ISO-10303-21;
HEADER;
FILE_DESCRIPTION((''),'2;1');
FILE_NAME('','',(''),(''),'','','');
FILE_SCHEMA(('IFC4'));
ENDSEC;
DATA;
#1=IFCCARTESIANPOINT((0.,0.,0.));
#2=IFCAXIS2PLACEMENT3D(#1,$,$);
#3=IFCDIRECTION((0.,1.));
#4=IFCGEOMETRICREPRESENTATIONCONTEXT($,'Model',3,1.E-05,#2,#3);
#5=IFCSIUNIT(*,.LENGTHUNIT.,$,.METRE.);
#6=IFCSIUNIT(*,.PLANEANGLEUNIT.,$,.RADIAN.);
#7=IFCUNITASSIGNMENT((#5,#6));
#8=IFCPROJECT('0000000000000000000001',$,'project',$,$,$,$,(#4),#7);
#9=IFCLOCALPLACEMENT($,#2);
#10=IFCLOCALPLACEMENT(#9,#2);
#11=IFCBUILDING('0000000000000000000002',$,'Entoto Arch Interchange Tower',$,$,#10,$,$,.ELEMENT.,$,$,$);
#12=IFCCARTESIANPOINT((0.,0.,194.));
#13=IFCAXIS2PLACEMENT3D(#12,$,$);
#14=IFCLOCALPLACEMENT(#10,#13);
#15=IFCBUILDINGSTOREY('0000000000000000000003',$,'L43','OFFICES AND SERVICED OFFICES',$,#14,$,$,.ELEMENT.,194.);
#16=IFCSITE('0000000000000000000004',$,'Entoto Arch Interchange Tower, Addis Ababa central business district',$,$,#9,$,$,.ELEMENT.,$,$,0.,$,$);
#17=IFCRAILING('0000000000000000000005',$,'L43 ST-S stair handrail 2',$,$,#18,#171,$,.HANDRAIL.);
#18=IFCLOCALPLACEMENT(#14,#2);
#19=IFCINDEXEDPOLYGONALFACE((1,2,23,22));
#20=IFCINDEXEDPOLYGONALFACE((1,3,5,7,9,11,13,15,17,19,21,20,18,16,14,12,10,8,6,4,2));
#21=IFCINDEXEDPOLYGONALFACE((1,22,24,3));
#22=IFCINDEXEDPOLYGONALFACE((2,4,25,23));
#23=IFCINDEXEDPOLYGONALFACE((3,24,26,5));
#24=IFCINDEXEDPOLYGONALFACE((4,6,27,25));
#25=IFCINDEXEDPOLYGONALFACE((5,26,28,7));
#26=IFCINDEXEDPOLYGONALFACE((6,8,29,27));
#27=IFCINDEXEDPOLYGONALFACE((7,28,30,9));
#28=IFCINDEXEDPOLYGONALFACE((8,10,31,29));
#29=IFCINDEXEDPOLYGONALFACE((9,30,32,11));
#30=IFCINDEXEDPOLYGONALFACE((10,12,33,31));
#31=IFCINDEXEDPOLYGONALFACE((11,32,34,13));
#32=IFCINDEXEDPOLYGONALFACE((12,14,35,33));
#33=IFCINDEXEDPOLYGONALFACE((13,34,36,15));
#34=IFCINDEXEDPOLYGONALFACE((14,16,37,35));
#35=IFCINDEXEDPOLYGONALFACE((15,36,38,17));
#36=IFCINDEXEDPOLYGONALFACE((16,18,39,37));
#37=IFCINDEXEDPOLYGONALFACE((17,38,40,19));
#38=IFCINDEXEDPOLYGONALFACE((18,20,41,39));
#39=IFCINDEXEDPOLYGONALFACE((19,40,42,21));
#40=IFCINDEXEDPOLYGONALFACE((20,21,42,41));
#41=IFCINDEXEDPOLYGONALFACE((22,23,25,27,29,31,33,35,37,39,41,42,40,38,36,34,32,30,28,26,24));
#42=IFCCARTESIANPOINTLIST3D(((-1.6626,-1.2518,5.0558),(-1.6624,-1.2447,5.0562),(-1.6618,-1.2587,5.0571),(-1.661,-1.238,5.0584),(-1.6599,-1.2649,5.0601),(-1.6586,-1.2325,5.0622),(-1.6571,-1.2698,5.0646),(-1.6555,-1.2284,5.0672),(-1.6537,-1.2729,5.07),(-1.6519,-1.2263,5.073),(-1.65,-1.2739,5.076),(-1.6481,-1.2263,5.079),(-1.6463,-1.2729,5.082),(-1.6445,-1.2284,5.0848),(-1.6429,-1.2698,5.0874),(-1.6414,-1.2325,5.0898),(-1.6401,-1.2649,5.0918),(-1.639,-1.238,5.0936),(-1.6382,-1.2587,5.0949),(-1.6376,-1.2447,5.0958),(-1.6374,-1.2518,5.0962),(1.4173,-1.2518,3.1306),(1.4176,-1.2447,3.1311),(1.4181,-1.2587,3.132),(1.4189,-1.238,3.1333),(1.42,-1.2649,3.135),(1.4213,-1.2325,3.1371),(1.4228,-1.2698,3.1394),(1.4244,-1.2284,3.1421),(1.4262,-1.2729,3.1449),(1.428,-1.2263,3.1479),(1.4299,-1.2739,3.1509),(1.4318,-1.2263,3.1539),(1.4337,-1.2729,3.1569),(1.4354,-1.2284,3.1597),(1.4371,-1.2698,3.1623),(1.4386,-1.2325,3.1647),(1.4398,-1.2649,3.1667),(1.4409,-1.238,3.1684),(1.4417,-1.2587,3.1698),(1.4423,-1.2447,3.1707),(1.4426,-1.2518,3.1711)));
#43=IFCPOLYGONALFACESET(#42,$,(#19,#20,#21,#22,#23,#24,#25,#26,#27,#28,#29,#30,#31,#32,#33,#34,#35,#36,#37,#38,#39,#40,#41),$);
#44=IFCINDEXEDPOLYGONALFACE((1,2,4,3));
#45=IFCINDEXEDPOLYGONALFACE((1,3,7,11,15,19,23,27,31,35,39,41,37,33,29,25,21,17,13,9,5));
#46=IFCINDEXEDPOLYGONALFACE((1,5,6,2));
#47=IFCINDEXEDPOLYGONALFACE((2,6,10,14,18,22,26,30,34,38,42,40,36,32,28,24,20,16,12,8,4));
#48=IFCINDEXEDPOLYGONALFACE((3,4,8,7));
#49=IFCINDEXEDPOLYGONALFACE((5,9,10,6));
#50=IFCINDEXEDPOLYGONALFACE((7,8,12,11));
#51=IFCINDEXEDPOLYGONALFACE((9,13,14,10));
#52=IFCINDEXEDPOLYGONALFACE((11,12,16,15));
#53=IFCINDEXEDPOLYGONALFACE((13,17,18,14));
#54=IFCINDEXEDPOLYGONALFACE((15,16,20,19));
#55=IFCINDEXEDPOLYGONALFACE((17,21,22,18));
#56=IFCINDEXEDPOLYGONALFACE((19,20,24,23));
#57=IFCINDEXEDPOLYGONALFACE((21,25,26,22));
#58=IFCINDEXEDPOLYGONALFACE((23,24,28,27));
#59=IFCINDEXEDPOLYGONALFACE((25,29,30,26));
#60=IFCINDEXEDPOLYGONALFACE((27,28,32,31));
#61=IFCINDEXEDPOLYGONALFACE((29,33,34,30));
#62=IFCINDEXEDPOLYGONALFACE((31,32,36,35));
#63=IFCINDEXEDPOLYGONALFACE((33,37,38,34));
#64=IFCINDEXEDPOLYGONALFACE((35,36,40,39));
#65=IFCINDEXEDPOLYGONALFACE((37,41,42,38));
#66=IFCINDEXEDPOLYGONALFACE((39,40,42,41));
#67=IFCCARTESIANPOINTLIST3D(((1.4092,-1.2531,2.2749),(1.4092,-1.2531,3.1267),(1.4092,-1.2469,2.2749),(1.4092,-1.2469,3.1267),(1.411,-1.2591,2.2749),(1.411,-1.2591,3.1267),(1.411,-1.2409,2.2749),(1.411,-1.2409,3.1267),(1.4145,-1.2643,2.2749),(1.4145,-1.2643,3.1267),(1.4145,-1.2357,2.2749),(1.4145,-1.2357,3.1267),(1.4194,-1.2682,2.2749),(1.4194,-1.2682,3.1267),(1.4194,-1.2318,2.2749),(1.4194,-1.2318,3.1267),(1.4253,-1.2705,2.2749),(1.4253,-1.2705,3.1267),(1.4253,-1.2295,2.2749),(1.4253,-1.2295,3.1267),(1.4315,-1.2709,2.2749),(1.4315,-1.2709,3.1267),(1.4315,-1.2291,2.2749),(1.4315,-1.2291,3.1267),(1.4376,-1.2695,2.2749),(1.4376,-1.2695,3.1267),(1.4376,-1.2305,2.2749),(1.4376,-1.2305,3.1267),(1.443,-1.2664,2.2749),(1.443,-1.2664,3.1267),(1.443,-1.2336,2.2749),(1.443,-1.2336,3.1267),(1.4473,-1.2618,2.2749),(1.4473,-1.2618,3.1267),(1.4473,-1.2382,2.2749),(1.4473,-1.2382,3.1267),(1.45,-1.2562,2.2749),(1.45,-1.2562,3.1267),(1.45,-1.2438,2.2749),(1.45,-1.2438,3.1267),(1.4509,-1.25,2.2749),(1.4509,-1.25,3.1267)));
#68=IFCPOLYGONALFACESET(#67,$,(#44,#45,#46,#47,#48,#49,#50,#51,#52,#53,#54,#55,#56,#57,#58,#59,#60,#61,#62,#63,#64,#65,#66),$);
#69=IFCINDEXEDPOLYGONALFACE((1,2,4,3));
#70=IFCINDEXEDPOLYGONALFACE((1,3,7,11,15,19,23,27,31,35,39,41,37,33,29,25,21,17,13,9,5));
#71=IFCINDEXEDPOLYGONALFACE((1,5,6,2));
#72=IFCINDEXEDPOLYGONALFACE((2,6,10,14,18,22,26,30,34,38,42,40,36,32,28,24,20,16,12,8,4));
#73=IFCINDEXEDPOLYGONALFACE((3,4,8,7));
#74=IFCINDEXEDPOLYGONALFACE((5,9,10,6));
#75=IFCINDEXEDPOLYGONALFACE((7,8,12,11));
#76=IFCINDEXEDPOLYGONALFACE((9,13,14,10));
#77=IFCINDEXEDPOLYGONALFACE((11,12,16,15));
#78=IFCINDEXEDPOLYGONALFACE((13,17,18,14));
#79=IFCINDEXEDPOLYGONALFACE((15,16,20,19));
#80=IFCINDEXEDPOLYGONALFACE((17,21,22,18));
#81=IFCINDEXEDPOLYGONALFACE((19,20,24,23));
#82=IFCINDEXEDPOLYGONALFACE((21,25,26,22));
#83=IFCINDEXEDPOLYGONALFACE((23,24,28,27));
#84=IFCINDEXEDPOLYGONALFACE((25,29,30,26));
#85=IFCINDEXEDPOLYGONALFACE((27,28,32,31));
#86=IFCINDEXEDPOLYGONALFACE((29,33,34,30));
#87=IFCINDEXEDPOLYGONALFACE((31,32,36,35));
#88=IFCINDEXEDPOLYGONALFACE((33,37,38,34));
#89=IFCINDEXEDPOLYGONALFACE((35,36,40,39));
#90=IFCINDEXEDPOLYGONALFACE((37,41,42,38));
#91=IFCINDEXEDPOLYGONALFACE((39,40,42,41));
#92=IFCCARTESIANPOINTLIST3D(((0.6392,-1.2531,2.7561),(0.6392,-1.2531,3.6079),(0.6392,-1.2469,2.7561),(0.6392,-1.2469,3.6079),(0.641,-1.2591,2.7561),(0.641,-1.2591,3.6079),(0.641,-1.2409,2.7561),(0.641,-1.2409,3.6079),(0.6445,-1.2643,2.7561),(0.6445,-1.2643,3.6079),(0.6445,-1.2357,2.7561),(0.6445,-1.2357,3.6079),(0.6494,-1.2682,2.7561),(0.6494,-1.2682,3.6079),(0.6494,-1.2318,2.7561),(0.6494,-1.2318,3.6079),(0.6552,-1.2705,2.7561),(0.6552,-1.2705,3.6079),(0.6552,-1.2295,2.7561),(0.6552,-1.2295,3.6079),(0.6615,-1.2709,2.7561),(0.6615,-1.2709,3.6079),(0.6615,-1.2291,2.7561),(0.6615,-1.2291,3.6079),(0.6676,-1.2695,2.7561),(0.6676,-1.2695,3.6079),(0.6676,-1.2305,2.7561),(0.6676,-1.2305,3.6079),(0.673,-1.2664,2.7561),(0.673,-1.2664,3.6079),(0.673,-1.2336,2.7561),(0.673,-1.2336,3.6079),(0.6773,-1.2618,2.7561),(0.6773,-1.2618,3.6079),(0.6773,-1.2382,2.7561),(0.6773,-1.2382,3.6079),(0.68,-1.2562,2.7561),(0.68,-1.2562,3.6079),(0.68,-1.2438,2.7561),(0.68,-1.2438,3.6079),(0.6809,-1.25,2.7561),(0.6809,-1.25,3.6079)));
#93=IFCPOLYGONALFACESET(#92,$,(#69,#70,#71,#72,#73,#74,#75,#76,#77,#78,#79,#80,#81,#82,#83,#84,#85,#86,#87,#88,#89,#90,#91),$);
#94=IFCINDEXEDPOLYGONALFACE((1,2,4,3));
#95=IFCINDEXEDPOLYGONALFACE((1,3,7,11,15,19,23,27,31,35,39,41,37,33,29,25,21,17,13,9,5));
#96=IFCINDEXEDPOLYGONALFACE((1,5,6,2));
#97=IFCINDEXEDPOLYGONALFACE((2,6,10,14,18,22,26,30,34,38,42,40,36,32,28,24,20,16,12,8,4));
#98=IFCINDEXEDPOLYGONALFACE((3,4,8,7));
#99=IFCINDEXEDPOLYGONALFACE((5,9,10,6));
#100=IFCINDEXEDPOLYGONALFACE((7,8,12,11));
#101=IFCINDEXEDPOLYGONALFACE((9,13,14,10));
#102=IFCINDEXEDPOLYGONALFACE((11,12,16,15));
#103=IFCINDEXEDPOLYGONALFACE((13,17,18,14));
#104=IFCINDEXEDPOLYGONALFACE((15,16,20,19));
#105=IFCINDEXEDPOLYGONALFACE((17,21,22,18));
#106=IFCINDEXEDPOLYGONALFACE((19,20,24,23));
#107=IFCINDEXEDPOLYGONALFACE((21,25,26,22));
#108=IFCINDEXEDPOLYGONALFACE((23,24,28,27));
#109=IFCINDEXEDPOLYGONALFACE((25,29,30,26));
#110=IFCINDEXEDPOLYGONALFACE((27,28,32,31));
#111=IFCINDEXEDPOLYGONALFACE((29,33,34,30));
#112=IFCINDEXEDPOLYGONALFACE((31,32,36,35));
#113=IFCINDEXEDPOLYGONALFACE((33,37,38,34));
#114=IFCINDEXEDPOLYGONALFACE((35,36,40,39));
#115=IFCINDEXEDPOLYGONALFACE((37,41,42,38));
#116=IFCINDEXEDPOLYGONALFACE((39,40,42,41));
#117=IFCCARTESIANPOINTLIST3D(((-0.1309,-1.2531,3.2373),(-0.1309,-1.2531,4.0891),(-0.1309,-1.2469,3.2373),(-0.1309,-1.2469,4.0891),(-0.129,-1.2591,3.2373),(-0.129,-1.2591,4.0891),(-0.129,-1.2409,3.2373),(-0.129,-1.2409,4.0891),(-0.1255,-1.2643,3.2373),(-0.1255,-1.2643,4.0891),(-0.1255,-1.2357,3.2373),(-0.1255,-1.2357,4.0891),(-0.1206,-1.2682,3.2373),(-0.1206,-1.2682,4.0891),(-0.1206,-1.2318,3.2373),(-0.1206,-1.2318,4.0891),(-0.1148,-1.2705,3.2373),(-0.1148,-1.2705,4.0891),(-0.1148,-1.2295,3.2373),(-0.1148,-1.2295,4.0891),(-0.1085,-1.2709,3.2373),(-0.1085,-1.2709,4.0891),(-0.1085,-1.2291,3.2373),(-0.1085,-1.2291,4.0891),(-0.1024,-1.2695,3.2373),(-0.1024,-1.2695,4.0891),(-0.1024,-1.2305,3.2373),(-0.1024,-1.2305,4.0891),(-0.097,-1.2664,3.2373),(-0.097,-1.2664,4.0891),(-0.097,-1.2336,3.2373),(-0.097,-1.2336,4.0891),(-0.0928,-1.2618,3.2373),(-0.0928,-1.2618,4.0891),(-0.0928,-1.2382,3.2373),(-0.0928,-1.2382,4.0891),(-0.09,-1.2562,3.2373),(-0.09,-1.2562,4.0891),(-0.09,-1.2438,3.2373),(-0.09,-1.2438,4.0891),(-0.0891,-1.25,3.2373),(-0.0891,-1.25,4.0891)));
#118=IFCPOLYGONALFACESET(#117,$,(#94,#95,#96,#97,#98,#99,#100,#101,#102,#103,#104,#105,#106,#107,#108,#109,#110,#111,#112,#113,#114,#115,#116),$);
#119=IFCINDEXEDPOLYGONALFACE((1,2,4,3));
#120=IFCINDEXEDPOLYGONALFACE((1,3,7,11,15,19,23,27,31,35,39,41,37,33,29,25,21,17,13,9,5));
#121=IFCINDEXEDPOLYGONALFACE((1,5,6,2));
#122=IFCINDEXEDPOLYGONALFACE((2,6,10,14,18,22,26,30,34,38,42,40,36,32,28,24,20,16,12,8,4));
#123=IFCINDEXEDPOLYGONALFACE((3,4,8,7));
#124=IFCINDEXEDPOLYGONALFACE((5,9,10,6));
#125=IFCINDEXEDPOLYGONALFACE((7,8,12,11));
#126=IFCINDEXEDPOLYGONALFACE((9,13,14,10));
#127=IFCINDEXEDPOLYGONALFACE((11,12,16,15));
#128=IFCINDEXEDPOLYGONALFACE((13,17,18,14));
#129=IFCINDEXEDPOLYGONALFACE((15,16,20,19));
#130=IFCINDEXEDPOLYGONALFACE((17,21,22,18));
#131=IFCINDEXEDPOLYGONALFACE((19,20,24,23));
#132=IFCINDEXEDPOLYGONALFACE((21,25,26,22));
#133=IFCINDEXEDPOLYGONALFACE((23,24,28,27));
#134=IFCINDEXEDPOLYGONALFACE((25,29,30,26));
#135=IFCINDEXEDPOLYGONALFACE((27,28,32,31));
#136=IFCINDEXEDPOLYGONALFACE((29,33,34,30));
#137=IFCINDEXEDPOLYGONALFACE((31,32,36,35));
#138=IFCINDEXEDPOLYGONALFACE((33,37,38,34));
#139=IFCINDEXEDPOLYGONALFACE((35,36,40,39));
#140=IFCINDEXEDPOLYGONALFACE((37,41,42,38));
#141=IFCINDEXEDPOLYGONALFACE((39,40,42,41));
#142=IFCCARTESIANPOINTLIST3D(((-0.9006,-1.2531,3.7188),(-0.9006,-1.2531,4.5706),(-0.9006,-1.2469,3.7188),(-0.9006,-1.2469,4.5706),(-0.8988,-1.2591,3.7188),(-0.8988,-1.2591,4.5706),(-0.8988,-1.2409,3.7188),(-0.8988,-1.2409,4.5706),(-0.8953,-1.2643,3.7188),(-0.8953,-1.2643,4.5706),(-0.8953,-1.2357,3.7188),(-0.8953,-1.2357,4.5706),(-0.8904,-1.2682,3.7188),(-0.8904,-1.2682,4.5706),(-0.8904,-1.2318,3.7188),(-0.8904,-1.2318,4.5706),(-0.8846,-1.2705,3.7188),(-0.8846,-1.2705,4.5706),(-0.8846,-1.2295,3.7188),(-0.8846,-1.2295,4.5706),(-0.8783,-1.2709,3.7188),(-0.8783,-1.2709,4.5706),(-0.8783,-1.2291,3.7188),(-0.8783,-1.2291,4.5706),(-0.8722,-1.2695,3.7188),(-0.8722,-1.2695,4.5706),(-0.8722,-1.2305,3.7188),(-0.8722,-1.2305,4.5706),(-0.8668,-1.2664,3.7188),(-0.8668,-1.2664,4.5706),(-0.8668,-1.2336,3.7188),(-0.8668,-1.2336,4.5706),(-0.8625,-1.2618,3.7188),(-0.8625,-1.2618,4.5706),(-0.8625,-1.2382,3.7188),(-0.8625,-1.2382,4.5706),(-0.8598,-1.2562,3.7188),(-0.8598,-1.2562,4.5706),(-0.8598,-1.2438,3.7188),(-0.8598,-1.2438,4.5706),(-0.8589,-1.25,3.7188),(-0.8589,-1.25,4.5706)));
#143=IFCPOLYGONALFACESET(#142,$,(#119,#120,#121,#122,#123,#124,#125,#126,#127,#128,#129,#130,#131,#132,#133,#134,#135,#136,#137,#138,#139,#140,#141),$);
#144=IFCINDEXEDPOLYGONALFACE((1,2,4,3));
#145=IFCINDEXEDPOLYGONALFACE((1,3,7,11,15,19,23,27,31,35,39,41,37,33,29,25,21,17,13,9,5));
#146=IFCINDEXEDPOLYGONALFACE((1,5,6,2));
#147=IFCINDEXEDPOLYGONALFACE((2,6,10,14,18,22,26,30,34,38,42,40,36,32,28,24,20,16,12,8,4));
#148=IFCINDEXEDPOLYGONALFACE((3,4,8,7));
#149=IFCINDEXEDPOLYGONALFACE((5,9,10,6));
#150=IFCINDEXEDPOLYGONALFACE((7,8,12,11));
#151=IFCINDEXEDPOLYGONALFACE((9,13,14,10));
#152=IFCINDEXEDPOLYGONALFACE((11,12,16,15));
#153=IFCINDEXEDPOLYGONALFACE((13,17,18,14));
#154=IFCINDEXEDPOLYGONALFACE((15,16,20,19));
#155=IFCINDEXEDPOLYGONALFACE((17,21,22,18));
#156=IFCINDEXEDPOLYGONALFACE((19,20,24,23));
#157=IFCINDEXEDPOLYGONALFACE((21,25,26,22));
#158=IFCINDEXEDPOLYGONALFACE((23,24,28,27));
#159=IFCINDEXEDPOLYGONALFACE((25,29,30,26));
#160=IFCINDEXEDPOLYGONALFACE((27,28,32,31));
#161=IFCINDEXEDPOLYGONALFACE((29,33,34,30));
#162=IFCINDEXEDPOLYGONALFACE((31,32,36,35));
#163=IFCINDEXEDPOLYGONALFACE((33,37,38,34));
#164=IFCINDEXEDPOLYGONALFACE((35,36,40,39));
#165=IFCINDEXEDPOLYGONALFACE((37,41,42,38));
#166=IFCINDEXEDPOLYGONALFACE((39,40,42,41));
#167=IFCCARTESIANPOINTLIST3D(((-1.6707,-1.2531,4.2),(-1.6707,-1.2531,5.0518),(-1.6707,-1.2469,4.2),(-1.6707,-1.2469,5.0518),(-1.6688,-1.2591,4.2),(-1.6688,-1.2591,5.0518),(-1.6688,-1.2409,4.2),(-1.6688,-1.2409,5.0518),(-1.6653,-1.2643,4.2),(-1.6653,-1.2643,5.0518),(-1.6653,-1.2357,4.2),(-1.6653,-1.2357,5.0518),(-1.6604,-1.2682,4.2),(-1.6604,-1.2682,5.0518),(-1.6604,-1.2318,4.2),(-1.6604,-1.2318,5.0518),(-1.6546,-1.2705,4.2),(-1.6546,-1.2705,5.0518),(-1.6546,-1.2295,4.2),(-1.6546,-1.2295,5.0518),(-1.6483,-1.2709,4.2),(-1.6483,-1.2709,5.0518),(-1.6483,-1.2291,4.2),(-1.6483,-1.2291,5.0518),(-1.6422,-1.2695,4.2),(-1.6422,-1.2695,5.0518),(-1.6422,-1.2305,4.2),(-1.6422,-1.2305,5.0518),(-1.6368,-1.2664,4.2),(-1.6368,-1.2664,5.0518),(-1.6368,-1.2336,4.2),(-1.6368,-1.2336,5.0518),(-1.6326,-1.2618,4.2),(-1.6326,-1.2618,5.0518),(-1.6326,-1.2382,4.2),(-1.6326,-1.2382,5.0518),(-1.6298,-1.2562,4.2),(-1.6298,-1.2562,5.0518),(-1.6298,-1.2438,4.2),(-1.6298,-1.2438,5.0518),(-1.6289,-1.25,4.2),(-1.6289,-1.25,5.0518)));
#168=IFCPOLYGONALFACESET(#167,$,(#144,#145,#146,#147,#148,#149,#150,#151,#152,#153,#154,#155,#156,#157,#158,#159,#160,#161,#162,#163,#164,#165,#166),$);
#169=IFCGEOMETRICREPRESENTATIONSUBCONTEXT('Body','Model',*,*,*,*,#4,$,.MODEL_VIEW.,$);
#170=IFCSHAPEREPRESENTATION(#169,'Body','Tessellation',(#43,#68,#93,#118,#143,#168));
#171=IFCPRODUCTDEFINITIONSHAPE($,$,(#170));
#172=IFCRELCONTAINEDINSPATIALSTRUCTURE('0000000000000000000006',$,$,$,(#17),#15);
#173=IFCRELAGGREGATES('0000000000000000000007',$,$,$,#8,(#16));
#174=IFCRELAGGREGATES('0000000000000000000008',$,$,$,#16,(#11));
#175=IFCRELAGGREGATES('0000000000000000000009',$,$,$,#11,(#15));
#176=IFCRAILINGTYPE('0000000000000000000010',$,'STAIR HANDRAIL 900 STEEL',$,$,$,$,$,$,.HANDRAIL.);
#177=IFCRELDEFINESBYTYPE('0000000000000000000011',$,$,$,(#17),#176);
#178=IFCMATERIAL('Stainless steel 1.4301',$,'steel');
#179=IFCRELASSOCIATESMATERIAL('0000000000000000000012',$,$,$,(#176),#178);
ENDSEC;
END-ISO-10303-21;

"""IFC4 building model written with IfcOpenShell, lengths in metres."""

from ifc_helpers import new_model, si_unit, direction, frame, origin, origin_2d, place, context, subcontext, project, spatial, circle, extrude, material, type_object, element, save


model = new_model("IFC4")

# Units and contexts
model_context = context("Model", 3, precision=1e-05, world=origin(), true_north=direction((0.0, 1.0)))
body_context = subcontext(model_context, "Body", "Model", "MODEL_VIEW")
ifc_project = project(units=[si_unit("LENGTHUNIT", "METRE"), si_unit("PLANEANGLEUNIT", "RADIAN")], contexts=[model_context])

# Site, building, storey
site_placement = place(None, origin())
site = spatial("IfcSite", under=ifc_project, at=site_placement, Name="Entoto Arch Interchange Tower, Addis Ababa central business district", CompositionType="ELEMENT", RefElevation=0.0)
building_placement = place(site_placement, origin())
building = spatial("IfcBuilding", under=site, at=building_placement, Name="Entoto Arch Interchange Tower", CompositionType="ELEMENT")
storey_placement = place(building_placement, frame((0.0, 0.0, 194.0)))
storey = spatial("IfcBuildingStorey", under=building, at=storey_placement, Name="L43", Description="OFFICES AND SERVICED OFFICES", CompositionType="ELEMENT", Elevation=194.0)

# Railing
ifc_material_1 = material(Name="Stainless steel 1.4301", Category="steel")
railing_type_1 = type_object("IfcRailingType", Name="STAIR HANDRAIL 900 STEEL", PredefinedType="HANDRAIL", material=ifc_material_1)
railing_1_placement = place(storey_placement, frame((1.4299, -1.25, 2.2749)))
element("IfcRailing", 1, at=railing_1_placement, inside=storey, type_object=railing_type_1, Name="L43 ST-S stair handrail 2", PredefinedType="HANDRAIL", context=body_context, shape_type="SweptSolid", body=[
    extrude(circle(Radius=0.0239, at=origin_2d()), frame((0.0, 0.0, 0.876), z_axis=(-0.847979, 0.0, 0.530029), x_axis=(0.0, -1.0, 0.0)), (0.0, 0.0, 1.0), 3.6321),
    extrude(circle(Radius=0.021, at=origin_2d()), origin(), (0.0, 0.0, 1.0), 0.8518),
    extrude(circle(Radius=0.021, at=origin_2d()), frame((-0.77, 0.0, 0.4812)), (0.0, 0.0, 1.0), 0.8518),
    extrude(circle(Radius=0.021, at=origin_2d()), frame((-1.54, 0.0, 0.9624)), (0.0, 0.0, 1.0), 0.8518),
    extrude(circle(Radius=0.021, at=origin_2d()), frame((-2.3098, 0.0, 1.4438)), (0.0, 0.0, 1.0), 0.8518),
    extrude(circle(Radius=0.021, at=origin_2d()), frame((-3.0798, 0.0, 1.925)), (0.0, 0.0, 1.0), 0.8518),
])

save(model, "model.ifc")
